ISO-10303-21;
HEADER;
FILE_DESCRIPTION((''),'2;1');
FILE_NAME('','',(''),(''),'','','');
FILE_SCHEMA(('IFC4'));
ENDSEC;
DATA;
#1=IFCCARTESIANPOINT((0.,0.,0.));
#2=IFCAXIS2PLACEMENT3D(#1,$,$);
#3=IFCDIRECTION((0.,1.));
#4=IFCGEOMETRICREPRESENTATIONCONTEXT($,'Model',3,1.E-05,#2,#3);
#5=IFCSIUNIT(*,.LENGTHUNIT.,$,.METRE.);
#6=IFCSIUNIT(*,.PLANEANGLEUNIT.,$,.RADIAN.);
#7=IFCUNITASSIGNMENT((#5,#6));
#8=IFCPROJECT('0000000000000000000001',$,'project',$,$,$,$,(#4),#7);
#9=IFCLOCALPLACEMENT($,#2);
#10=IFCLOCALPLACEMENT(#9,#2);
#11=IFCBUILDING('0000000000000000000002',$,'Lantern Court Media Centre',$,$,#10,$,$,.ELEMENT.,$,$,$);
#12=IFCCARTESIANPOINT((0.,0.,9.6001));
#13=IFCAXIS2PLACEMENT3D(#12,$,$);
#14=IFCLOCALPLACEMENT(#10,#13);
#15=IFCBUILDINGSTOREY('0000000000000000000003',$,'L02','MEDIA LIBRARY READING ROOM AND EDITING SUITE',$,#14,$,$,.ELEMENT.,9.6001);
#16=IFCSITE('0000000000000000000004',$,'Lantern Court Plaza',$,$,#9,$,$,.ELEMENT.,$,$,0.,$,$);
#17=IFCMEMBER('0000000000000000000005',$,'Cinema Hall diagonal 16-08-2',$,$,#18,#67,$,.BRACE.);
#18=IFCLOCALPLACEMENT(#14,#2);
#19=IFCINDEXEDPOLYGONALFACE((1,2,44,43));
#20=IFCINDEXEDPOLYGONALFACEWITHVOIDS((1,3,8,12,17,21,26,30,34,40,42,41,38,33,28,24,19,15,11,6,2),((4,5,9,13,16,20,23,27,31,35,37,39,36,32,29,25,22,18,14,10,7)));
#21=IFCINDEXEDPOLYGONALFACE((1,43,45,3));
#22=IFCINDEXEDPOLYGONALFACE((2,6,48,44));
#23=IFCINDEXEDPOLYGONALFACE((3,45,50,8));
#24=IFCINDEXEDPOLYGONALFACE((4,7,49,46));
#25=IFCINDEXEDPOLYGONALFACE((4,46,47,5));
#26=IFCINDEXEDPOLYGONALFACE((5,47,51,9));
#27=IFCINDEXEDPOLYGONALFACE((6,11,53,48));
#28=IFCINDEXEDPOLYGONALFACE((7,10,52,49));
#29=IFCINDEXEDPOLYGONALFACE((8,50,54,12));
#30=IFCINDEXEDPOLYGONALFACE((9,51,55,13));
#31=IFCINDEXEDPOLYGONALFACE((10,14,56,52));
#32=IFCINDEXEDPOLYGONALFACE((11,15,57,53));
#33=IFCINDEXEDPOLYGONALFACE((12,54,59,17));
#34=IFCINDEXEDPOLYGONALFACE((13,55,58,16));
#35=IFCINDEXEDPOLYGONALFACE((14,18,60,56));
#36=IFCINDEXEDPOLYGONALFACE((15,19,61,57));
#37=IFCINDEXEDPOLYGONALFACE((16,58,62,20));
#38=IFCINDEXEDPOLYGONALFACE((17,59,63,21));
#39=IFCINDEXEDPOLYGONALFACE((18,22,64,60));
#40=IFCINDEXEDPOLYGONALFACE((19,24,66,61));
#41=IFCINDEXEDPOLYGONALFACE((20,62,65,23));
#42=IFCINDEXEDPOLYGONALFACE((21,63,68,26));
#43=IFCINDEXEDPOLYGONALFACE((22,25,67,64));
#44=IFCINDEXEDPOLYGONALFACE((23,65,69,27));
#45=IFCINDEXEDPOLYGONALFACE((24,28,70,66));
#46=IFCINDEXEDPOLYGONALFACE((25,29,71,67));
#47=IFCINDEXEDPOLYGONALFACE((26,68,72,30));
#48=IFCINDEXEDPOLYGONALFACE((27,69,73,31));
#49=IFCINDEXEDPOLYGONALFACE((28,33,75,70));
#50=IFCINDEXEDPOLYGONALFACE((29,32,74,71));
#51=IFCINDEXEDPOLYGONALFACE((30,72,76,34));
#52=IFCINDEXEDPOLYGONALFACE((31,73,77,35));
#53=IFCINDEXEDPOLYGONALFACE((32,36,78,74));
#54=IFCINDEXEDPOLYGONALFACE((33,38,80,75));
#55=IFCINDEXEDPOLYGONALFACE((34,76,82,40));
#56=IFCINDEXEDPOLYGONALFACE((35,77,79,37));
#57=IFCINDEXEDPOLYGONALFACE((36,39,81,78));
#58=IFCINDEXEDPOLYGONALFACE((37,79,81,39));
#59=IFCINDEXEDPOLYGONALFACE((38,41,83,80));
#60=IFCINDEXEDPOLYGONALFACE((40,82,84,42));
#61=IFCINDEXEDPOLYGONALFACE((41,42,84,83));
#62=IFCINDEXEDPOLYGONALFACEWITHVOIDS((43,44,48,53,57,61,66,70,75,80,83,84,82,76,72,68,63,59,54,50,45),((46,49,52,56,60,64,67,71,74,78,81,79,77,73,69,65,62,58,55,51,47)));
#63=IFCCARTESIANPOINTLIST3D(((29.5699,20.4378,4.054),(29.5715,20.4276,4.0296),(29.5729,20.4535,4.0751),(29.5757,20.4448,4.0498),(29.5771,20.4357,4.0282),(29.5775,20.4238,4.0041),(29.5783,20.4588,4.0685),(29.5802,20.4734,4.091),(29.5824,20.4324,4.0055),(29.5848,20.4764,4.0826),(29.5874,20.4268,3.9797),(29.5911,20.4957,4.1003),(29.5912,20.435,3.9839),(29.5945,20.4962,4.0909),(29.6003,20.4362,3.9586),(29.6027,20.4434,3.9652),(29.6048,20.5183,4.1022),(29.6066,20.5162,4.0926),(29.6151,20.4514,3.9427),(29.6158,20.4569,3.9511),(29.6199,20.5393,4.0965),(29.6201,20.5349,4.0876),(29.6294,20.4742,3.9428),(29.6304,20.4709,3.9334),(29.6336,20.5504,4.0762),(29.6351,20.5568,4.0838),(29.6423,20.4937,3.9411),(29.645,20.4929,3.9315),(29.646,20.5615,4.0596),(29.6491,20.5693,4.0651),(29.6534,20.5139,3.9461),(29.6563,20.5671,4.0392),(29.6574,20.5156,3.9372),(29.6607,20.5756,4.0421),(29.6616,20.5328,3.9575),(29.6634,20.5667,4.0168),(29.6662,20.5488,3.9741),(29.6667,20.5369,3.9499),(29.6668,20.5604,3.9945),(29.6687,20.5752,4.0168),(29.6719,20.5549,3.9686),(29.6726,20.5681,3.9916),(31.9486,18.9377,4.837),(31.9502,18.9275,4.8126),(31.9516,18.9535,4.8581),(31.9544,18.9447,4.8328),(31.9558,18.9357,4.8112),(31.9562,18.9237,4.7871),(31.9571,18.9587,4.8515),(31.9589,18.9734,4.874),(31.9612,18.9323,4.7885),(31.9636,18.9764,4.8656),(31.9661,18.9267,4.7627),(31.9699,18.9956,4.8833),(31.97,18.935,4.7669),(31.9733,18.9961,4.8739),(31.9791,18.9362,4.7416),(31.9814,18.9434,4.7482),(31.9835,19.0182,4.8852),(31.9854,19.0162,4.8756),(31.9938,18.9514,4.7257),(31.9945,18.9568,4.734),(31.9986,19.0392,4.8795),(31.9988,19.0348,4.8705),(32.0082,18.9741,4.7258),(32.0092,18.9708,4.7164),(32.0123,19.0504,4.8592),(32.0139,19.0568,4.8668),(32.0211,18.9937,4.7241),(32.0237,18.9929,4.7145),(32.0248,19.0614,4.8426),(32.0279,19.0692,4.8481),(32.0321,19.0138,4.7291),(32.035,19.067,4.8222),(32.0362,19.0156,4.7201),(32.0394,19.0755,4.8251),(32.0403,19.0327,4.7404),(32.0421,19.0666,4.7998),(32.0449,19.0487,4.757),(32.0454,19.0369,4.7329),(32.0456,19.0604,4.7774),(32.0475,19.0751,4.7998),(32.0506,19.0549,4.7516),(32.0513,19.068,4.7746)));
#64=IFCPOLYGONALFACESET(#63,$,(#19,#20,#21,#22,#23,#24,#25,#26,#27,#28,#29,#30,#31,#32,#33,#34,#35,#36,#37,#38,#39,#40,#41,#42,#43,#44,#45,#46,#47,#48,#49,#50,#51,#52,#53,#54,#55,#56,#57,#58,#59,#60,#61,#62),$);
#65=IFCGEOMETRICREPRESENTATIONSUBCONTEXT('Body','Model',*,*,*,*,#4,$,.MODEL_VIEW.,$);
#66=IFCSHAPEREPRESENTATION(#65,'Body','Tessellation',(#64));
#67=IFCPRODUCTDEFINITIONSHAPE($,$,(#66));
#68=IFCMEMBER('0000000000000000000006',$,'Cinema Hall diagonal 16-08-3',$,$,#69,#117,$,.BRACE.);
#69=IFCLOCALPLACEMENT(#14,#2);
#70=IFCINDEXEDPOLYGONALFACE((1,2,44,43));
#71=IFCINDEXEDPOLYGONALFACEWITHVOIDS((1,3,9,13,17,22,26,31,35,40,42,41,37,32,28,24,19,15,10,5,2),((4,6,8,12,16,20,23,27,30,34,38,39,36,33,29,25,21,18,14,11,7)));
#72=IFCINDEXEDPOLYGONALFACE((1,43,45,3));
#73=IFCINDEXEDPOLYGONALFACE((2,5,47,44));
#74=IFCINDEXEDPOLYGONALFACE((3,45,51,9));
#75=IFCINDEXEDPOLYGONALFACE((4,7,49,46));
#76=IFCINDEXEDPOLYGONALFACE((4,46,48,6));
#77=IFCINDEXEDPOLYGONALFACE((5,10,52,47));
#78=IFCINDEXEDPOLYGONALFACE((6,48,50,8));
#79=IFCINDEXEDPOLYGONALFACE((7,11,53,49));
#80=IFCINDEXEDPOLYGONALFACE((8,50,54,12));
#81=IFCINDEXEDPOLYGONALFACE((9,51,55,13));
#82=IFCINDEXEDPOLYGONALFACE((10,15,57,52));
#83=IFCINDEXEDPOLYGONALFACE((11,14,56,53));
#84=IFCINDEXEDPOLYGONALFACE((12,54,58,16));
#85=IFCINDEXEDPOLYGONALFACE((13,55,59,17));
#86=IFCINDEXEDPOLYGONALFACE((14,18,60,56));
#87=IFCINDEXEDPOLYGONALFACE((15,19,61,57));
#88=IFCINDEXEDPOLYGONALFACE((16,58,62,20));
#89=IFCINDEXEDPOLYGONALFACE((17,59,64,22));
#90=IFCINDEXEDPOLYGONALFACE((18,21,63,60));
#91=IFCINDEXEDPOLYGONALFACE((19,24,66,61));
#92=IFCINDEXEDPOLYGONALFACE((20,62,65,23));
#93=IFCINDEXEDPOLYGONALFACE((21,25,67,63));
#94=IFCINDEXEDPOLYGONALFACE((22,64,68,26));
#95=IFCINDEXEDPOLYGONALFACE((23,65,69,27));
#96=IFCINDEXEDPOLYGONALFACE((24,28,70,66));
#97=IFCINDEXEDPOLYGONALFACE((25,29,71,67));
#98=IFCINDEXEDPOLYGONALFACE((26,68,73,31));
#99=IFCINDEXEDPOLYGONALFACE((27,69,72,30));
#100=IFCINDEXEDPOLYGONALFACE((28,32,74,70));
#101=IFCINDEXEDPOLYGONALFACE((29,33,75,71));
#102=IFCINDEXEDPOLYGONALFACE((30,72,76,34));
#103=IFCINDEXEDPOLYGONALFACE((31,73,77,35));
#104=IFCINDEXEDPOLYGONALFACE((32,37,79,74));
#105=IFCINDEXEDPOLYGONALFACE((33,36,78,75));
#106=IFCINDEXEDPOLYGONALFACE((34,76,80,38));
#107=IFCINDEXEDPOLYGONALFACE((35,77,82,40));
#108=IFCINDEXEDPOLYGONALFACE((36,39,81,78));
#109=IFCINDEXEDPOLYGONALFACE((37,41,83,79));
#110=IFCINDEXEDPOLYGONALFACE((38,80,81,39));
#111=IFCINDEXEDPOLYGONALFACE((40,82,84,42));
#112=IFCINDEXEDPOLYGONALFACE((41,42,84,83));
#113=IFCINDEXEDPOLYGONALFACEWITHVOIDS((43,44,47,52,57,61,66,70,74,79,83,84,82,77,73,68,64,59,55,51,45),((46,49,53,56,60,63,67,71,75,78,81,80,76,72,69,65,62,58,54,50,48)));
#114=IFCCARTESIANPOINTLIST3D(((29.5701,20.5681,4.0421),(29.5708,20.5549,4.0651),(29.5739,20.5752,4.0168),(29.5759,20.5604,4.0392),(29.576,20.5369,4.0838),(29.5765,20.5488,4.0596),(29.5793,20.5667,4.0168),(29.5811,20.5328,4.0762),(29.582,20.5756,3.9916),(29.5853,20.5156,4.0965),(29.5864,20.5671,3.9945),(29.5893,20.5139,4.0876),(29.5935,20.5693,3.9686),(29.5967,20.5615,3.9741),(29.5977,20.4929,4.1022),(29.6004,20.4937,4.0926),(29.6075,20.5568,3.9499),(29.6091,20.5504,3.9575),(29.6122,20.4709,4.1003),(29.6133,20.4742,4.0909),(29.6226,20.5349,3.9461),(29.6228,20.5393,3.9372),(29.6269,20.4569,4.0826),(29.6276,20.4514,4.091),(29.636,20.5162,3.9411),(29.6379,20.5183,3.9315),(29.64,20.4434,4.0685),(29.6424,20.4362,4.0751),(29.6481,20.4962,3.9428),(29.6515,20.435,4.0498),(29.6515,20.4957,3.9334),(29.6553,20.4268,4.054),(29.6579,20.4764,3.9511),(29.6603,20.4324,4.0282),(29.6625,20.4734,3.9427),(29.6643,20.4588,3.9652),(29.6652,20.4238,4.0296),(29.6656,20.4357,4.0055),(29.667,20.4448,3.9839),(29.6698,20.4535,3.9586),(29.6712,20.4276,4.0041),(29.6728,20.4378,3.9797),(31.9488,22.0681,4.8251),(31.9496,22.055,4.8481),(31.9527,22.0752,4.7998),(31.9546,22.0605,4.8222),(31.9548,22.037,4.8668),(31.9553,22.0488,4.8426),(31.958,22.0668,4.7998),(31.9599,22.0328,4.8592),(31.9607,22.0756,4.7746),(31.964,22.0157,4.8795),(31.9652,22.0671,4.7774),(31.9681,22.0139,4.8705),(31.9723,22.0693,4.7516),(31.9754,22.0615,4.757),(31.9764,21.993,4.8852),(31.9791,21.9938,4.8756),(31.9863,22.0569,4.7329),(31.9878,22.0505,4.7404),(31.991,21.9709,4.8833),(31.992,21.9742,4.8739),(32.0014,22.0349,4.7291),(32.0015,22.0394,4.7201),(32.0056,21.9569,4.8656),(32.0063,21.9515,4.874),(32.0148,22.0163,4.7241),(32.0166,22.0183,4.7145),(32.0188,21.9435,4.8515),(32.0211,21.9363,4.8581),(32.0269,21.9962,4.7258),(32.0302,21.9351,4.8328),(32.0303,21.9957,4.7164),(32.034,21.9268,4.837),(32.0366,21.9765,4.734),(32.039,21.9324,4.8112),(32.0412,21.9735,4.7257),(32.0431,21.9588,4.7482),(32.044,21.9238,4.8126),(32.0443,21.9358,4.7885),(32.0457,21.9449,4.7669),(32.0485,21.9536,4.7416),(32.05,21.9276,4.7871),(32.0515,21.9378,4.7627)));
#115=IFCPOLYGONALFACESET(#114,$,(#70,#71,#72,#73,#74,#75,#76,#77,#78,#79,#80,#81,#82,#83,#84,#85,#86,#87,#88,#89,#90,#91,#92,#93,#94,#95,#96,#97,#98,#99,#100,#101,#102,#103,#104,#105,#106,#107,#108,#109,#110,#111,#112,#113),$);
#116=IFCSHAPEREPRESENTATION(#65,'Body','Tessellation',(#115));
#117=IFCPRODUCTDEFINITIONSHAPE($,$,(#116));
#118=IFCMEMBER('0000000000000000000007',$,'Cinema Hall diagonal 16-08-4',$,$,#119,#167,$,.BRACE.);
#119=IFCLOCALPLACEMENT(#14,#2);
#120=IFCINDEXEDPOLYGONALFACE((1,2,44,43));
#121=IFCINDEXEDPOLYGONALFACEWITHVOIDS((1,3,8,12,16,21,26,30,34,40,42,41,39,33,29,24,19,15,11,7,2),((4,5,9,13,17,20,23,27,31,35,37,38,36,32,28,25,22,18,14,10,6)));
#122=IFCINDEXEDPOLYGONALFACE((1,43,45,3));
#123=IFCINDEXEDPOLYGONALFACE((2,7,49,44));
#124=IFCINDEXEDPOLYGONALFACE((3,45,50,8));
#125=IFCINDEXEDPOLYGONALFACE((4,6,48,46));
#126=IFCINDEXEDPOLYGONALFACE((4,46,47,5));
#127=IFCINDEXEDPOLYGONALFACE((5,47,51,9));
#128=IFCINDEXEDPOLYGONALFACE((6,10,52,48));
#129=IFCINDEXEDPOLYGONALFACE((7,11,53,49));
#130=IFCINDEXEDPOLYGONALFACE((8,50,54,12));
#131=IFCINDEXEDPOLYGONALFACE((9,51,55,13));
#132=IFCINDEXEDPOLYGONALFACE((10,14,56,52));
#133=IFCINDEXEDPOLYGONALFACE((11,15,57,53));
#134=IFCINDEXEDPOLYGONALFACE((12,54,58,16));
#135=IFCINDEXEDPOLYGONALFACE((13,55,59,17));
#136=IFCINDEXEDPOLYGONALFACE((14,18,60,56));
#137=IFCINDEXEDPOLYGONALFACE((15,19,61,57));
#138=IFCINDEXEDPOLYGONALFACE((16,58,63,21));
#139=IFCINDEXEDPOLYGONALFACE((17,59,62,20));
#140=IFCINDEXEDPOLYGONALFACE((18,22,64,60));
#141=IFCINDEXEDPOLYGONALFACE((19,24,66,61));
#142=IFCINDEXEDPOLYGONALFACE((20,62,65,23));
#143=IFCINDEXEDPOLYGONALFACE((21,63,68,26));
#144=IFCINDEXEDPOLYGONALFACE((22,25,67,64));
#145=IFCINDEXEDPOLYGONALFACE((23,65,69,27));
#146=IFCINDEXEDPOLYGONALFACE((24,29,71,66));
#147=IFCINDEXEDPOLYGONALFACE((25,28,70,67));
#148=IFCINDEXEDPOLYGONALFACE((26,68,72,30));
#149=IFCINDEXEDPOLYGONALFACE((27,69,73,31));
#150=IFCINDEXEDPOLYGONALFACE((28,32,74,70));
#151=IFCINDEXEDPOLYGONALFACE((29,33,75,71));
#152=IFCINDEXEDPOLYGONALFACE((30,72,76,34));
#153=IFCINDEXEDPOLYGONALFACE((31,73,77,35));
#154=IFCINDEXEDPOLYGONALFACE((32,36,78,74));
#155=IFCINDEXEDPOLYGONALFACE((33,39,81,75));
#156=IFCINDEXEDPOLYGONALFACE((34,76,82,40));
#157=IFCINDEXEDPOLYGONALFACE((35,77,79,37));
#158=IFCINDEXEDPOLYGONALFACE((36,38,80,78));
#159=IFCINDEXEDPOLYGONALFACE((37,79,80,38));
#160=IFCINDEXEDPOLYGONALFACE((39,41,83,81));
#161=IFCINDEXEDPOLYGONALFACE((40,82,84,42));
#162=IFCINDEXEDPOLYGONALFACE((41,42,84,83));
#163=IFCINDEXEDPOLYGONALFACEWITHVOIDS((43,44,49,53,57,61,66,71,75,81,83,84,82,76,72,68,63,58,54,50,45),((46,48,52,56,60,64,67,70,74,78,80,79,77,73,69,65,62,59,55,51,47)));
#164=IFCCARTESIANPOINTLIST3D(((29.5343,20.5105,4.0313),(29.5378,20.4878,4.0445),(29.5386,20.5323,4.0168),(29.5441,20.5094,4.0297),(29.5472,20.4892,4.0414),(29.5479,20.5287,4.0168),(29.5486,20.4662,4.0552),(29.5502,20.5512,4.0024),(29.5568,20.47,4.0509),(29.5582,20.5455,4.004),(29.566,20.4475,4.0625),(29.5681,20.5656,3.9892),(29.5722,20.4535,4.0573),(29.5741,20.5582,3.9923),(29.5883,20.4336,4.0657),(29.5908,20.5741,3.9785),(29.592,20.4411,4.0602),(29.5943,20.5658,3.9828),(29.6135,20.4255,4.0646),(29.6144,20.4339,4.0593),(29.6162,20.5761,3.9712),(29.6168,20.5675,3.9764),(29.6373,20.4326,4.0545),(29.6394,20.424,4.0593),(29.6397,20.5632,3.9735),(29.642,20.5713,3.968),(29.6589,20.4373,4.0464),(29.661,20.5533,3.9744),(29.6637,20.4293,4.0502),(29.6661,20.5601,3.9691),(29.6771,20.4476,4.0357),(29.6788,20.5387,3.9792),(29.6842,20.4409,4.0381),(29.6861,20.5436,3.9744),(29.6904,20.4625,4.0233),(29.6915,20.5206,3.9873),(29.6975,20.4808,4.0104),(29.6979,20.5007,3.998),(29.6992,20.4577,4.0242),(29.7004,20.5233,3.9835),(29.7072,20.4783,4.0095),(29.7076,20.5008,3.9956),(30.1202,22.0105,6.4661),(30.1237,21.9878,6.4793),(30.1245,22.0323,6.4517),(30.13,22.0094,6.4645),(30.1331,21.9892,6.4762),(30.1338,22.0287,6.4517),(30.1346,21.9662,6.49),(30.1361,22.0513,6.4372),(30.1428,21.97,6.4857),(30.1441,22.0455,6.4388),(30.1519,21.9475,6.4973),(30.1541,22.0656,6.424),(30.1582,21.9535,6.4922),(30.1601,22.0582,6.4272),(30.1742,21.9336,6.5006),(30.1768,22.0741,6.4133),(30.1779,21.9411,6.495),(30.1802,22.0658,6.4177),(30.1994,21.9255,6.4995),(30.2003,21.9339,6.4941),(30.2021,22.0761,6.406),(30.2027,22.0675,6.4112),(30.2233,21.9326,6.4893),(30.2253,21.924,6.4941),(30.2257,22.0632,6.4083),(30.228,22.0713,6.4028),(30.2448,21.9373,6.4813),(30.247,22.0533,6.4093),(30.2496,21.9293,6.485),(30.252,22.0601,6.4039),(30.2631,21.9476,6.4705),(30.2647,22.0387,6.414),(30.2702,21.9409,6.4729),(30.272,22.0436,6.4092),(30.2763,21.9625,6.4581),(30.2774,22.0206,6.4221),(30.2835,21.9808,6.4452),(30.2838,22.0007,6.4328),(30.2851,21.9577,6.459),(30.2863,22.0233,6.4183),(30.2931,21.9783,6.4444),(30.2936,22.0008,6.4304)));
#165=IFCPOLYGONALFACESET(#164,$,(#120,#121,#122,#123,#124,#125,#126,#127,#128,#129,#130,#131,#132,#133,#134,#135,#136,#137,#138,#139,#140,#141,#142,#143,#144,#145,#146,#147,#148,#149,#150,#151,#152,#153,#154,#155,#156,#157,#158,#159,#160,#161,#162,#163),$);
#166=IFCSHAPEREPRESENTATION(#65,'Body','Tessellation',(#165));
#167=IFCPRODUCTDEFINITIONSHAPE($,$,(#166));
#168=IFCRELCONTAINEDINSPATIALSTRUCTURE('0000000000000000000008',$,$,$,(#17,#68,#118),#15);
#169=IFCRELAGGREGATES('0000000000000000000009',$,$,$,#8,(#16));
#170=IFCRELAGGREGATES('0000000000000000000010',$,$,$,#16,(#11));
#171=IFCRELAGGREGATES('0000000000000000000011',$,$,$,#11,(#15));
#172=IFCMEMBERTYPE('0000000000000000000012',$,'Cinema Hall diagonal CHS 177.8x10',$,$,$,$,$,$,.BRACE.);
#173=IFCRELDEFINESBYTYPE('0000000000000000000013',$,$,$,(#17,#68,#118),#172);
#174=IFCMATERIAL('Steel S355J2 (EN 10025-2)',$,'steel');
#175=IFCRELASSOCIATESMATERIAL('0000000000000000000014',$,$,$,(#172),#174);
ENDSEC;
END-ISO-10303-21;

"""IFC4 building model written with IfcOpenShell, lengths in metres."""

from ifc_helpers import new_model, si_unit, direction, frame, origin, origin_2d, place, context, subcontext, project, spatial, hollow_circle, extrude, material, material_profile, profile_set, type_object, element, save


model = new_model("IFC4")

# Units and contexts
model_context = context("Model", 3, precision=1e-05, world=origin(), true_north=direction((0.0, 1.0)))
body_context = subcontext(model_context, "Body", "Model", "MODEL_VIEW")
ifc_project = project(units=[si_unit("LENGTHUNIT", "METRE"), si_unit("PLANEANGLEUNIT", "RADIAN")], contexts=[model_context])

# Site, building, storey
site_placement = place(None, origin())
site = spatial("IfcSite", under=ifc_project, at=site_placement, Name="Lantern Court Plaza", CompositionType="ELEMENT", RefElevation=0.0)
building_placement = place(site_placement, origin())
building = spatial("IfcBuilding", under=site, at=building_placement, Name="Lantern Court Media Centre", CompositionType="ELEMENT")
storey_placement = place(building_placement, frame((0.0, 0.0, 9.6001)))
storey = spatial("IfcBuildingStorey", under=building, at=storey_placement, Name="L02", Description="MEDIA LIBRARY READING ROOM AND EDITING SUITE", CompositionType="ELEMENT", Elevation=9.6001)

# Members
ifc_material_1 = material(Name="Steel S355J2 (EN 10025-2)", Category="steel")
ifc_material_profile_1 = material_profile(ifc_material_1, hollow_circle(Radius=0.0889, WallThickness=0.01, at=origin_2d()), Name="Cinema Hall diagonal CHS 177.8x10")
ifc_profile_set_1 = profile_set([ifc_material_profile_1], Name="Steel S355J2 (EN 10025-2)")
member_type_1 = type_object("IfcMemberType", Name="Cinema Hall diagonal CHS 177.8x10", PredefinedType="BRACE", material=ifc_profile_set_1)
for number, where, z_axis, x_axis, name in (
    (1, (29.6213, 20.5, 4.0168), (0.814866, -0.51386, 0.268221), (0.533405, 0.84586, 0.0), "Cinema Hall diagonal 16-08-2"),
    (2, (29.6213, 20.5, 4.0168), (0.814866, 0.51386, 0.268221), (-0.533405, 0.84586, 0.0), "Cinema Hall diagonal 16-08-3"),
    (3, (29.6213, 20.5, 4.0168), (0.20072, 0.513842, 0.834073), (-0.931457, 0.363851, 0.0), "Cinema Hall diagonal 16-08-4"),
):
    element("IfcMember", number, at=place(storey_placement, frame(where, z_axis=z_axis, x_axis=x_axis)), inside=storey, type_object=member_type_1, Name=name, PredefinedType="BRACE", context=body_context, shape_type="SweptSolid", body=[
        extrude(hollow_circle(Radius=0.0889, WallThickness=0.01, at=origin_2d()), origin(), (0.0, 0.0, 1.0), 2.9192),
    ])

save(model, "model.ifc")
